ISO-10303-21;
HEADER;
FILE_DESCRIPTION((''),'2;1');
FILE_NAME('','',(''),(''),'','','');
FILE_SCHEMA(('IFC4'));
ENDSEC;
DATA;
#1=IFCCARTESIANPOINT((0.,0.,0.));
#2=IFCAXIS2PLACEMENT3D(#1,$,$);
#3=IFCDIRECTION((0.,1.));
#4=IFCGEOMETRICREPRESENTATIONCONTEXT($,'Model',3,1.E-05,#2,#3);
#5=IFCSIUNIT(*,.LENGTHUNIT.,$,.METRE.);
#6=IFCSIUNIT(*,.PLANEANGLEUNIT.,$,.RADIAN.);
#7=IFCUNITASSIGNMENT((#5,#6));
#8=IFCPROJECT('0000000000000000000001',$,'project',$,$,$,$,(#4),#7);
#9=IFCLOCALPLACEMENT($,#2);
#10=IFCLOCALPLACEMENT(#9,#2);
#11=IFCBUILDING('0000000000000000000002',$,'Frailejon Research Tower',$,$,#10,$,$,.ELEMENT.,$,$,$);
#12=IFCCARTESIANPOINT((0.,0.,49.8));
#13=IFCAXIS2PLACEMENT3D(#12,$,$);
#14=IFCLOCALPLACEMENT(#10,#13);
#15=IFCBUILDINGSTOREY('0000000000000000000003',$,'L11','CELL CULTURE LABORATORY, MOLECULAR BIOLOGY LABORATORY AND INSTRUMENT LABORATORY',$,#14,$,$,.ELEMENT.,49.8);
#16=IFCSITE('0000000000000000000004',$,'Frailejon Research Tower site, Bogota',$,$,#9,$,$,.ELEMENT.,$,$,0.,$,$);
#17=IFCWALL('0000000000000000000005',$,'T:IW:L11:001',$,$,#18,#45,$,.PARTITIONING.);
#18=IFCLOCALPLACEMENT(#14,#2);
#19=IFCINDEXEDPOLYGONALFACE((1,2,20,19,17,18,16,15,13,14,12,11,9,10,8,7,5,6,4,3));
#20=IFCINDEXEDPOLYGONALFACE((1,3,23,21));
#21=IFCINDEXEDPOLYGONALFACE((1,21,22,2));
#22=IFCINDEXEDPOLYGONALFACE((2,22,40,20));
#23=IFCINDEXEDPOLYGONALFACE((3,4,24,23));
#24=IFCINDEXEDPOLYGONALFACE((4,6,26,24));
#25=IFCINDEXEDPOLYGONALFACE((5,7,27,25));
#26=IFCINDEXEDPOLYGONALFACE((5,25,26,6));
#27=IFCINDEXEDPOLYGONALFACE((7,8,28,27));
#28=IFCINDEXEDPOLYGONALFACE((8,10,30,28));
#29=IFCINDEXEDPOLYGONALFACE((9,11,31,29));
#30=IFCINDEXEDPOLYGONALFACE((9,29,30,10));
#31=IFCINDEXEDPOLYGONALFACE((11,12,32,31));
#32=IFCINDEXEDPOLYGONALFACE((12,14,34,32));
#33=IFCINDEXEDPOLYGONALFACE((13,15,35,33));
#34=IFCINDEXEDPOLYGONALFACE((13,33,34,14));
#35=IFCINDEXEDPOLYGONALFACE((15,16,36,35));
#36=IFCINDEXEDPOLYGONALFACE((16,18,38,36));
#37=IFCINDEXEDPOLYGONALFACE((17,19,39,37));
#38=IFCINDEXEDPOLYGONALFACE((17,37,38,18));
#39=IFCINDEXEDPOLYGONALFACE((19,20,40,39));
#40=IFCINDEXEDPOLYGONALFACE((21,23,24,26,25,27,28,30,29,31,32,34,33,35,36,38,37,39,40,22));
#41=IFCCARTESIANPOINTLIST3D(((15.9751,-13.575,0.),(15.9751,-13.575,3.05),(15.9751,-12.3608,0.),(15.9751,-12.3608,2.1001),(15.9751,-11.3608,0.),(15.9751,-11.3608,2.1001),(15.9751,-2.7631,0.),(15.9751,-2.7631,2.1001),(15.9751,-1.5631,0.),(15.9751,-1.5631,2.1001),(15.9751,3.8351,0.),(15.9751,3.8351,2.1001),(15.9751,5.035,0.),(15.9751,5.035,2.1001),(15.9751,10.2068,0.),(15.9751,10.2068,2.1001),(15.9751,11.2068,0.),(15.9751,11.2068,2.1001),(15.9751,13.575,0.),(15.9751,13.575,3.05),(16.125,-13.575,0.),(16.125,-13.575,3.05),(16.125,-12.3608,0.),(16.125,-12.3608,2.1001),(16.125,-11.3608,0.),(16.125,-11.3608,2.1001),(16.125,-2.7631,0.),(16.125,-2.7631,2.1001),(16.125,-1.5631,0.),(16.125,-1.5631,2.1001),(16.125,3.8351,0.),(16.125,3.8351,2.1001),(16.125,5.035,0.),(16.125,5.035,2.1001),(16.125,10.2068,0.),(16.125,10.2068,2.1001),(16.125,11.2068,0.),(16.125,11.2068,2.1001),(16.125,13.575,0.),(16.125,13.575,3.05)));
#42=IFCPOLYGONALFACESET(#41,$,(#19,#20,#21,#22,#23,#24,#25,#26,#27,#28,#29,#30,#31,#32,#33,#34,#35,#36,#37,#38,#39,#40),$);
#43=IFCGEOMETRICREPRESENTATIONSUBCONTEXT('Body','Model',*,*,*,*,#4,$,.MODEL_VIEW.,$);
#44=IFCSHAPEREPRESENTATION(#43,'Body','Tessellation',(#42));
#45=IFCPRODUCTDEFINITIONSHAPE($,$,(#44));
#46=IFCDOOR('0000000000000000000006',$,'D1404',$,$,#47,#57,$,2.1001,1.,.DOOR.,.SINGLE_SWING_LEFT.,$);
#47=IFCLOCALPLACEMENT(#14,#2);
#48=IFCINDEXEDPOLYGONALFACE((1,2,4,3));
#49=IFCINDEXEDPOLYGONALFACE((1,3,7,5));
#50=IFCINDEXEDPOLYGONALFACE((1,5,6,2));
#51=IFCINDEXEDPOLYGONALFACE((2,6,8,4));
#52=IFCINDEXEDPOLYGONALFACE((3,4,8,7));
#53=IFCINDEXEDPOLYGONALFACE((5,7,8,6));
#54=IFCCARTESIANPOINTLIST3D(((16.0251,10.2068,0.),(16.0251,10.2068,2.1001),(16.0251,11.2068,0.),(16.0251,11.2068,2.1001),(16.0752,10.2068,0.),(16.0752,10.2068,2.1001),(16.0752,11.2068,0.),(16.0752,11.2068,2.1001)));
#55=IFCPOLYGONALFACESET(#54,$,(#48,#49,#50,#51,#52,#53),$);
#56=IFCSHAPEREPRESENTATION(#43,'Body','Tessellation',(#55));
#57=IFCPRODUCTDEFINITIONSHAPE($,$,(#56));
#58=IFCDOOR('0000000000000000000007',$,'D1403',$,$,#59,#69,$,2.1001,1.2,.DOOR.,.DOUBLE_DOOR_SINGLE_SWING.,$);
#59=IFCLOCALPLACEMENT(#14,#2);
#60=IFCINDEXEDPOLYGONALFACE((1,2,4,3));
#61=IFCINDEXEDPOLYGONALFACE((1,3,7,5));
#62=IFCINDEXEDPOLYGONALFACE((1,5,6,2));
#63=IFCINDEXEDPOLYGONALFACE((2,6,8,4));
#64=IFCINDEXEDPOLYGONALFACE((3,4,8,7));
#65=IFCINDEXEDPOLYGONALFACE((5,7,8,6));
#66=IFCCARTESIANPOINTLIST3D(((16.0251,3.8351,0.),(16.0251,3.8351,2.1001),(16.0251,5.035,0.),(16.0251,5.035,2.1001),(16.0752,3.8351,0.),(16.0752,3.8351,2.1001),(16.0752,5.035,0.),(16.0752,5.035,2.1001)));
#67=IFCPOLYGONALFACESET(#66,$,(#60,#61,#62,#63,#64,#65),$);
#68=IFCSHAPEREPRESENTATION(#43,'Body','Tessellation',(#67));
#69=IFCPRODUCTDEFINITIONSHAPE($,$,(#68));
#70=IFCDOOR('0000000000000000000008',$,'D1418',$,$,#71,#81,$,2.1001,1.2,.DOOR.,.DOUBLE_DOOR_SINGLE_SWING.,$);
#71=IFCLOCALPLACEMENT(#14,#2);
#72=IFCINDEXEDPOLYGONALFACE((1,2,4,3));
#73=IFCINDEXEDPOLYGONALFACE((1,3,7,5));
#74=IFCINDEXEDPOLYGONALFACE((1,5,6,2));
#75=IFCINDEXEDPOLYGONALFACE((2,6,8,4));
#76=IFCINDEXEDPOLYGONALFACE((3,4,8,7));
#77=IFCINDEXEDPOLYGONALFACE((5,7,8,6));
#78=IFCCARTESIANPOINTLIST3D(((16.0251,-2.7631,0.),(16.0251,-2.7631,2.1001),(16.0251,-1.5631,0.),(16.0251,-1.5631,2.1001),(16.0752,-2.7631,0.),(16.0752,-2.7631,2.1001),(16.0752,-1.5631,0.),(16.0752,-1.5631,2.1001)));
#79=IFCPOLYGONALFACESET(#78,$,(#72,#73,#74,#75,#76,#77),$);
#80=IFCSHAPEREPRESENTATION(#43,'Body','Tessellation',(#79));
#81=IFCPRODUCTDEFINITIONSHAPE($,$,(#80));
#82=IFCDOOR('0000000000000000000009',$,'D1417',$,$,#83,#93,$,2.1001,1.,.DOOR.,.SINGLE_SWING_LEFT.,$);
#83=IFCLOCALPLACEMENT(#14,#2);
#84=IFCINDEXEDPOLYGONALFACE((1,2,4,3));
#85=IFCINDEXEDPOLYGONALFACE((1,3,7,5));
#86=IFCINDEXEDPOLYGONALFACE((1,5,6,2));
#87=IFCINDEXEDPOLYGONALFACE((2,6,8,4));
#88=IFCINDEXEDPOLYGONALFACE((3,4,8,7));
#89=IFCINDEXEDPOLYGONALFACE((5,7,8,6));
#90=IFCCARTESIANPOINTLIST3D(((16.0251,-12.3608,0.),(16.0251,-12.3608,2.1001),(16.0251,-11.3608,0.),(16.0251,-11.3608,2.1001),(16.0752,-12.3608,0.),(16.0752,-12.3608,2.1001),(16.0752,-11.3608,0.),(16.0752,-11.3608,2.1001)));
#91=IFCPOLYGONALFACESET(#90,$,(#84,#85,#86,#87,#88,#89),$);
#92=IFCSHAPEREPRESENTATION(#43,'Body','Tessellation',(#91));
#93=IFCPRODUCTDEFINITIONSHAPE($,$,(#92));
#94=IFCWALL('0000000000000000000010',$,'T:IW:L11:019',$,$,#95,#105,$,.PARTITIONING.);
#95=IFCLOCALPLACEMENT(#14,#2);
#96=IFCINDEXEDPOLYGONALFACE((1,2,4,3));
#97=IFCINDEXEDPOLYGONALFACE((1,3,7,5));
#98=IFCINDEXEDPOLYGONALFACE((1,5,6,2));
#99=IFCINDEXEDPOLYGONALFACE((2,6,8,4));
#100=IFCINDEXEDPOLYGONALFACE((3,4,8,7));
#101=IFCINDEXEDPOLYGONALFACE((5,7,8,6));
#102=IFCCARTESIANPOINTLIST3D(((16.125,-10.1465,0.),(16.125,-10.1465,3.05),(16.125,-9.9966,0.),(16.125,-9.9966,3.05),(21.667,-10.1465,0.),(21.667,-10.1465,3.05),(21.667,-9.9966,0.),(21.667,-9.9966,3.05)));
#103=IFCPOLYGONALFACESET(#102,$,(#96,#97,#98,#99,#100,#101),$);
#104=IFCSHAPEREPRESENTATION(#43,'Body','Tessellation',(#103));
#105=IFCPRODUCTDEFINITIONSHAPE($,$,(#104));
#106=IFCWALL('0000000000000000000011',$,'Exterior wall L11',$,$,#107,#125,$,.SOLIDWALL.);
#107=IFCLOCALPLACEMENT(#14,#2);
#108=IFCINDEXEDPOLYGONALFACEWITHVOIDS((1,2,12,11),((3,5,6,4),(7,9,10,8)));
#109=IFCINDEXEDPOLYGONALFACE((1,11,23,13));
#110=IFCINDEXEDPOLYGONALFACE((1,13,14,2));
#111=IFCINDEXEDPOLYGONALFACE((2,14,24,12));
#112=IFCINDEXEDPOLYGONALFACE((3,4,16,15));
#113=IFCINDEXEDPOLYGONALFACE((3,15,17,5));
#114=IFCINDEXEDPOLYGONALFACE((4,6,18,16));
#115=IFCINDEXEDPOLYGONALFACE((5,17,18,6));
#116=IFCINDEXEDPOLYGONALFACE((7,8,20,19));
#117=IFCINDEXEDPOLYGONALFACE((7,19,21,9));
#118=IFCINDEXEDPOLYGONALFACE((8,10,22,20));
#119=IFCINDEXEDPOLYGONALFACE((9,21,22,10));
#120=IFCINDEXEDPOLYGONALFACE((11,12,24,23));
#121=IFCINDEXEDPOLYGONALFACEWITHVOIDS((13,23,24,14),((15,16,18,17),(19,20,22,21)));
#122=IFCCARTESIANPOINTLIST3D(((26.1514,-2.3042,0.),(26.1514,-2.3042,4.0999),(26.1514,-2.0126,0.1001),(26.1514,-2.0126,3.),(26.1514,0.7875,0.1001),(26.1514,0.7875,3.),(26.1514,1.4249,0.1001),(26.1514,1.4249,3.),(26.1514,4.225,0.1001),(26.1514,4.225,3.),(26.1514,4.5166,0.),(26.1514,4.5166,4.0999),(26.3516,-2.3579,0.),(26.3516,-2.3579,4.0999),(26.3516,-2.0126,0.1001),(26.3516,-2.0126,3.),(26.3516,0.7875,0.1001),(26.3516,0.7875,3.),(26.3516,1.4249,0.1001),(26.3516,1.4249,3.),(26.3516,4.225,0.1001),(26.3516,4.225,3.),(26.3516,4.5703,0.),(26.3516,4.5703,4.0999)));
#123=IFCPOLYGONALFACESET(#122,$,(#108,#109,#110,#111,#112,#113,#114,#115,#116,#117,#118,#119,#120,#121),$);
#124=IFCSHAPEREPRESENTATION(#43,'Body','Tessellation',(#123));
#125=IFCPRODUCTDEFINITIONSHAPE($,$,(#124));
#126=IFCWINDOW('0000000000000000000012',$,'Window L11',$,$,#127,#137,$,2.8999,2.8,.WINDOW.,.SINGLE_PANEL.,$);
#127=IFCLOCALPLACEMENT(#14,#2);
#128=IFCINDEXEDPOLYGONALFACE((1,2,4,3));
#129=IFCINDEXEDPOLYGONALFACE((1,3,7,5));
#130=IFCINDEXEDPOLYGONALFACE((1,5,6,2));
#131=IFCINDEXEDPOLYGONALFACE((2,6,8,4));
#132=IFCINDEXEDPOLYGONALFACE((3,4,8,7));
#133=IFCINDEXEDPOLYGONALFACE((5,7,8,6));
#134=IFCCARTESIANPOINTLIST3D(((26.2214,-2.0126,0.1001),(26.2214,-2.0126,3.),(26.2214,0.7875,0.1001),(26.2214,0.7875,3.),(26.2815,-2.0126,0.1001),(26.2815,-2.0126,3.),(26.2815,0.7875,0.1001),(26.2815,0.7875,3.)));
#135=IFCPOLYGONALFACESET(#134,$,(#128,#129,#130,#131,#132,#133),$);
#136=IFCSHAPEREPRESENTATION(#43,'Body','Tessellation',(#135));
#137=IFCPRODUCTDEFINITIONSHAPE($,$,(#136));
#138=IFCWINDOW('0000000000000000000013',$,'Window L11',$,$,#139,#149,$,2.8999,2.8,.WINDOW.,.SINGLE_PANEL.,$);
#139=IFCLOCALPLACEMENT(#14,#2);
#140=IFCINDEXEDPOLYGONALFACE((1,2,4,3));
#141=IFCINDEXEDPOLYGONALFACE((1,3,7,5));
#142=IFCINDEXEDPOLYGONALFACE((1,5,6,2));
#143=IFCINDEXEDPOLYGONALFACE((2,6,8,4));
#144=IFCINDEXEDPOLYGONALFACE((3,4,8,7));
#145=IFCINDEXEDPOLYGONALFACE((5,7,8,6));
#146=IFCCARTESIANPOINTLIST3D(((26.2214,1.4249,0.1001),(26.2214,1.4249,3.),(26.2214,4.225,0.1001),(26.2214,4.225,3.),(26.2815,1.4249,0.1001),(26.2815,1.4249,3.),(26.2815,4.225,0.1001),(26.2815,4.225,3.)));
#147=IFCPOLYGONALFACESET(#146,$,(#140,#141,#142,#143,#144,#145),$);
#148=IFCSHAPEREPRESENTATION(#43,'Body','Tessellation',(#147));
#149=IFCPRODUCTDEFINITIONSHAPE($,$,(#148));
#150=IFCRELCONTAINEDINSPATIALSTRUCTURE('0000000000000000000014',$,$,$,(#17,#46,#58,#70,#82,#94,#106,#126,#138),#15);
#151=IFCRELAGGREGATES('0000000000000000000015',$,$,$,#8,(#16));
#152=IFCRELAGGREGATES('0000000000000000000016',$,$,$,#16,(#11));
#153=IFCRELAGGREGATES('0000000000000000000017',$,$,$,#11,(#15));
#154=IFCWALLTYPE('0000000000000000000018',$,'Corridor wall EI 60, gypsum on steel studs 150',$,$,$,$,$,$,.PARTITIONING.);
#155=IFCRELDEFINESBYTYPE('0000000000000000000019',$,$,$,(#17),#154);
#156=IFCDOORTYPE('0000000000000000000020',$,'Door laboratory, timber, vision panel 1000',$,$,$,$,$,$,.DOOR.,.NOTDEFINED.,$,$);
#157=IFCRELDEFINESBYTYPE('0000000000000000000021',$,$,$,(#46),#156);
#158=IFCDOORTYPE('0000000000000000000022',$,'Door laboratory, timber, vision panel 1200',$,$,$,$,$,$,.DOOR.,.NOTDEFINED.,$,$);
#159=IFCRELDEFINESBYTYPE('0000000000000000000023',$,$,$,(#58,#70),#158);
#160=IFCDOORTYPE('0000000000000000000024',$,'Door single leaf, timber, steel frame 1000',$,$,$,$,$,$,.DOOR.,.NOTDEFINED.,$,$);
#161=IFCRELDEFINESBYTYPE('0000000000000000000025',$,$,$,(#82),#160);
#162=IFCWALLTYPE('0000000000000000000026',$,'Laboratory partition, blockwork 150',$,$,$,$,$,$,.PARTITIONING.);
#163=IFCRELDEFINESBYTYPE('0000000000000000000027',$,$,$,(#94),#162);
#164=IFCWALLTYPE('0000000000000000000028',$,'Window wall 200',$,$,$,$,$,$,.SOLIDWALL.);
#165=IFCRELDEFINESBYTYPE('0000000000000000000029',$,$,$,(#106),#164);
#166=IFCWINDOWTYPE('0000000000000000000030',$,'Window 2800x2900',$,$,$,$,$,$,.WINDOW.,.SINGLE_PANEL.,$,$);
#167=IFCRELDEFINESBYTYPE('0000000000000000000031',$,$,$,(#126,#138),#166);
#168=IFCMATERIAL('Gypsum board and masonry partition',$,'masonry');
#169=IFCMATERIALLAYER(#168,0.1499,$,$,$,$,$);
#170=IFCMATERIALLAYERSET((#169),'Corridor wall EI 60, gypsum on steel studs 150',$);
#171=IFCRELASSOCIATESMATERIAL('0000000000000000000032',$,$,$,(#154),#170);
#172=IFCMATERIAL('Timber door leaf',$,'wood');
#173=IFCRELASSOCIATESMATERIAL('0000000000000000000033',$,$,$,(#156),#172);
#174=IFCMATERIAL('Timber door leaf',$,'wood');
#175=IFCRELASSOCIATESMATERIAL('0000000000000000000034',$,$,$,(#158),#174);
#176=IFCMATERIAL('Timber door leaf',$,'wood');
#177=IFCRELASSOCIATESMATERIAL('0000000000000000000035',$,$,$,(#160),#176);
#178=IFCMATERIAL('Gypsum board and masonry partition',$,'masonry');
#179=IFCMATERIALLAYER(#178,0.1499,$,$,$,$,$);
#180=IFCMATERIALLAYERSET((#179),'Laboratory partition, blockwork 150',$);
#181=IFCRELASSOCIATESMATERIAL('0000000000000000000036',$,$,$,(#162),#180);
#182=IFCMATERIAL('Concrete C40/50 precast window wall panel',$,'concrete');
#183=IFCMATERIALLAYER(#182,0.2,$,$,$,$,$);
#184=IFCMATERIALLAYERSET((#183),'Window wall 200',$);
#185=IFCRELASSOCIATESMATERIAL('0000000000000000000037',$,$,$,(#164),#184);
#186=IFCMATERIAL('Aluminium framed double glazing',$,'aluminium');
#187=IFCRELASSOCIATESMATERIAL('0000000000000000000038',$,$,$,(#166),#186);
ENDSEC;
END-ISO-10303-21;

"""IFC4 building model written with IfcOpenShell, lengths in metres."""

from ifc_helpers import new_model, si_unit, direction, frame, frame_2d, origin, place, context, subcontext, project, spatial, polyline, rectangle, outline, extrude, material, layer, layer_set, type_object, element, fill, save


model = new_model("IFC4")

# Units and contexts
model_context = context("Model", 3, precision=1e-05, world=origin(), true_north=direction((0.0, 1.0)))
body_context = subcontext(model_context, "Body", "Model", "MODEL_VIEW")
ifc_project = project(units=[si_unit("LENGTHUNIT", "METRE"), si_unit("PLANEANGLEUNIT", "RADIAN")], contexts=[model_context])

# Site, building, storey
site_placement = place(None, origin())
site = spatial("IfcSite", under=ifc_project, at=site_placement, Name="Frailejon Research Tower site, Bogota", CompositionType="ELEMENT", RefElevation=0.0)
building_placement = place(site_placement, origin())
building = spatial("IfcBuilding", under=site, at=building_placement, Name="Frailejon Research Tower", CompositionType="ELEMENT")
storey_placement = place(building_placement, frame((0.0, 0.0, 49.8)))
storey = spatial("IfcBuildingStorey", under=building, at=storey_placement, Name="L11", Description="CELL CULTURE LABORATORY, MOLECULAR BIOLOGY LABORATORY AND INSTRUMENT LABORATORY", CompositionType="ELEMENT", Elevation=49.8)

# Wall, openings, doors
ifc_material_1 = material(Name="Gypsum board and masonry partition", Category="masonry")
ifc_layer_1 = layer(ifc_material_1, 0.1499)
ifc_layer_set_1 = layer_set([ifc_layer_1], Name="Corridor wall EI 60, gypsum on steel studs 150")
wall_type_1 = type_object("IfcWallType", Name="Corridor wall EI 60, gypsum on steel studs 150", PredefinedType="PARTITIONING", material=ifc_layer_set_1)
wall_1_placement = place(storey_placement, frame((16.05, -13.575, 0.0), z_axis=(0.0, 0.0, 1.0), x_axis=(0.0, 1.0, 0.0)))
wall_1 = element("IfcWall", 1, at=wall_1_placement, inside=storey, type_object=wall_type_1, Name="T:IW:L11:001", PredefinedType="PARTITIONING", context=body_context, shape_type="SweptSolid", body=[
    extrude(rectangle(XDim=27.1499, YDim=0.1499, at=frame_2d((13.575, 0.0))), origin(), (0.0, 0.0, 1.0), 3.05),
])
opening_1_placement = place(wall_1_placement, frame((17.4099, 0.0, 0.0)))
opening_1 = element("IfcOpeningElement", 2, at=opening_1_placement, cuts=wall_1, PredefinedType="OPENING", context=body_context, shape_type="SweptSolid", body=[
    extrude(rectangle(XDim=1.2, YDim=2.1001, at=frame_2d((0.6001, 1.05))), frame((0.0, 0.085, 0.0), z_axis=(0.0, -1.0, 0.0), x_axis=(1.0, 0.0, 0.0)), (0.0, 0.0, 1.0), 0.1699),
])
opening_2_placement = place(wall_1_placement, frame((23.7817, 0.0, 0.0)))
opening_2 = element("IfcOpeningElement", 3, at=opening_2_placement, cuts=wall_1, PredefinedType="OPENING", context=body_context, shape_type="SweptSolid", body=[
    extrude(rectangle(XDim=1.0, YDim=2.1001, at=frame_2d((0.5, 1.05))), frame((0.0, 0.085, 0.0), z_axis=(0.0, -1.0, 0.0), x_axis=(1.0, 0.0, 0.0)), (0.0, 0.0, 1.0), 0.1699),
])
opening_3_placement = place(wall_1_placement, frame((1.2141, 0.0, 0.0)))
opening_3 = element("IfcOpeningElement", 4, at=opening_3_placement, cuts=wall_1, PredefinedType="OPENING", context=body_context, shape_type="SweptSolid", body=[
    extrude(rectangle(XDim=1.0, YDim=2.1001, at=frame_2d((0.5, 1.05))), frame((0.0, 0.085, 0.0), z_axis=(0.0, -1.0, 0.0), x_axis=(1.0, 0.0, 0.0)), (0.0, 0.0, 1.0), 0.1699),
])
opening_4_placement = place(wall_1_placement, frame((10.8118, 0.0, 0.0)))
opening_4 = element("IfcOpeningElement", 5, at=opening_4_placement, cuts=wall_1, PredefinedType="OPENING", context=body_context, shape_type="SweptSolid", body=[
    extrude(rectangle(XDim=1.2, YDim=2.1001, at=frame_2d((0.6001, 1.05))), frame((0.0, 0.085, 0.0), z_axis=(0.0, -1.0, 0.0), x_axis=(1.0, 0.0, 0.0)), (0.0, 0.0, 1.0), 0.1699),
])
ifc_material_2 = material(Name="Timber door leaf", Category="wood")
door_type_1 = type_object("IfcDoorType", Name="Door laboratory, timber, vision panel 1000", OperationType="NOTDEFINED", PredefinedType="DOOR", material=ifc_material_2)
door_1_placement = place(opening_2_placement, origin())
door_1 = element("IfcDoor", 6, at=door_1_placement, inside=storey, type_object=door_type_1, Name="D1404", OperationType="SINGLE_SWING_LEFT", OverallHeight=2.1001, OverallWidth=1.0, PredefinedType="DOOR", context=body_context, shape_type="SweptSolid", body=[
    extrude(rectangle(XDim=1.0, YDim=2.1001, at=frame_2d((0.5, 1.05))), frame((0.0, 0.0249, 0.0), z_axis=(0.0, -1.0, 0.0), x_axis=(1.0, 0.0, 0.0)), (0.0, 0.0, 1.0), 0.05),
])
fill(opening_2, door_1)
ifc_material_3 = material(Name="Timber door leaf", Category="wood")
door_type_2 = type_object("IfcDoorType", Name="Door laboratory, timber, vision panel 1200", OperationType="NOTDEFINED", PredefinedType="DOOR", material=ifc_material_3)
door_2_placement = place(opening_1_placement, origin())
door_2 = element("IfcDoor", 7, at=door_2_placement, inside=storey, type_object=door_type_2, Name="D1403", OperationType="DOUBLE_DOOR_SINGLE_SWING", OverallHeight=2.1001, OverallWidth=1.2, PredefinedType="DOOR", context=body_context, shape_type="SweptSolid", body=[
    extrude(rectangle(XDim=1.2, YDim=2.1001, at=frame_2d((0.6001, 1.05))), frame((0.0, 0.0249, 0.0), z_axis=(0.0, -1.0, 0.0), x_axis=(1.0, 0.0, 0.0)), (0.0, 0.0, 1.0), 0.05),
])
fill(opening_1, door_2)
door_3_placement = place(opening_4_placement, origin())
door_3 = element("IfcDoor", 8, at=door_3_placement, inside=storey, type_object=door_type_2, Name="D1418", OperationType="DOUBLE_DOOR_SINGLE_SWING", OverallHeight=2.1001, OverallWidth=1.2, PredefinedType="DOOR", context=body_context, shape_type="SweptSolid", body=[
    extrude(rectangle(XDim=1.2, YDim=2.1001, at=frame_2d((0.6001, 1.05))), frame((0.0, 0.0249, 0.0), z_axis=(0.0, -1.0, 0.0), x_axis=(1.0, 0.0, 0.0)), (0.0, 0.0, 1.0), 0.05),
])
fill(opening_4, door_3)
ifc_material_4 = material(Name="Timber door leaf", Category="wood")
door_type_3 = type_object("IfcDoorType", Name="Door single leaf, timber, steel frame 1000", OperationType="NOTDEFINED", PredefinedType="DOOR", material=ifc_material_4)
door_4_placement = place(opening_3_placement, origin())
door_4 = element("IfcDoor", 9, at=door_4_placement, inside=storey, type_object=door_type_3, Name="D1417", OperationType="SINGLE_SWING_LEFT", OverallHeight=2.1001, OverallWidth=1.0, PredefinedType="DOOR", context=body_context, shape_type="SweptSolid", body=[
    extrude(rectangle(XDim=1.0, YDim=2.1001, at=frame_2d((0.5, 1.05))), frame((0.0, 0.0249, 0.0), z_axis=(0.0, -1.0, 0.0), x_axis=(1.0, 0.0, 0.0)), (0.0, 0.0, 1.0), 0.05),
])
fill(opening_3, door_4)

# Wall
ifc_material_5 = material(Name="Gypsum board and masonry partition", Category="masonry")
ifc_layer_2 = layer(ifc_material_5, 0.1499)
ifc_layer_set_2 = layer_set([ifc_layer_2], Name="Laboratory partition, blockwork 150")
wall_type_2 = type_object("IfcWallType", Name="Laboratory partition, blockwork 150", PredefinedType="PARTITIONING", material=ifc_layer_set_2)
wall_2_placement = place(storey_placement, frame((16.125, -10.0715, 0.0), z_axis=(0.0, 0.0, 1.0), x_axis=(1.0, 0.0, 0.0)))
element("IfcWall", 10, at=wall_2_placement, inside=storey, type_object=wall_type_2, Name="T:IW:L11:019", PredefinedType="PARTITIONING", context=body_context, shape_type="SweptSolid", body=[
    extrude(rectangle(XDim=5.542, YDim=0.1499, at=frame_2d((2.771, 0.0))), origin(), (0.0, 0.0, 1.0), 3.05),
])

# Wall, openings, windows
ifc_material_6 = material(Name="Concrete C40/50 precast window wall panel", Category="concrete")
ifc_layer_3 = layer(ifc_material_6, 0.2)
ifc_layer_set_3 = layer_set([ifc_layer_3], Name="Window wall 200")
wall_type_3 = type_object("IfcWallType", Name="Window wall 200", PredefinedType="SOLIDWALL", material=ifc_layer_set_3)
wall_3_placement = place(storey_placement, frame((26.2515, -2.3311, 0.0), z_axis=(0.0, 0.0, 1.0), x_axis=(0.0, 1.0, 0.0)))
wall_3 = element("IfcWall", 11, at=wall_3_placement, inside=storey, type_object=wall_type_3, Name="Exterior wall L11", PredefinedType="SOLIDWALL", context=body_context, shape_type="SweptSolid", body=[
    extrude(outline(polyline([(-0.0269, -0.1001), (1.1279, -0.1001), (2.2825, -0.1001), (3.4373, -0.1001), (4.592, -0.1001), (5.7466, -0.1001), (6.9014, -0.1001), (6.8477, 0.1001), (5.7109, 0.1001), (4.574, 0.1001), (3.4373, 0.1001), (2.3005, 0.1001), (1.1636, 0.1001), (0.0269, 0.1001), (-0.0269, -0.1001)])), origin(), (0.0, 0.0, 1.0), 4.0999),
])
opening_5_placement = place(wall_3_placement, frame((0.3186, 0.0, 0.1001)))
opening_5 = element("IfcOpeningElement", 12, at=opening_5_placement, cuts=wall_3, PredefinedType="OPENING", context=body_context, shape_type="SweptSolid", body=[
    extrude(rectangle(XDim=2.8, YDim=2.8999, at=frame_2d((1.3999, 1.45))), frame((0.0, 0.1099, 0.0), z_axis=(0.0, -1.0, 0.0), x_axis=(1.0, 0.0, 0.0)), (0.0, 0.0, 1.0), 0.22),
])
opening_6_placement = place(wall_3_placement, frame((3.7561, 0.0, 0.1001)))
opening_6 = element("IfcOpeningElement", 13, at=opening_6_placement, cuts=wall_3, PredefinedType="OPENING", context=body_context, shape_type="SweptSolid", body=[
    extrude(rectangle(XDim=2.8, YDim=2.8999, at=frame_2d((1.3999, 1.45))), frame((0.0, 0.1099, 0.0), z_axis=(0.0, -1.0, 0.0), x_axis=(1.0, 0.0, 0.0)), (0.0, 0.0, 1.0), 0.22),
])
ifc_material_7 = material(Name="Aluminium framed double glazing", Category="aluminium")
window_type = type_object("IfcWindowType", Name="Window 2800x2900", PartitioningType="SINGLE_PANEL", PredefinedType="WINDOW", material=ifc_material_7)
window_1_placement = place(opening_5_placement, origin())
window_1 = element("IfcWindow", 14, at=window_1_placement, inside=storey, type_object=window_type, Name="Window L11", OverallHeight=2.8999, OverallWidth=2.8, PartitioningType="SINGLE_PANEL", PredefinedType="WINDOW", context=body_context, shape_type="SweptSolid", body=[
    extrude(rectangle(XDim=2.8, YDim=2.8999, at=frame_2d((1.3999, 1.45))), frame((0.0, 0.03, 0.0), z_axis=(0.0, -1.0, 0.0), x_axis=(1.0, 0.0, 0.0)), (0.0, 0.0, 1.0), 0.0601),
])
fill(opening_5, window_1)
window_2_placement = place(opening_6_placement, origin())
window_2 = element("IfcWindow", 15, at=window_2_placement, inside=storey, type_object=window_type, Name="Window L11", OverallHeight=2.8999, OverallWidth=2.8, PartitioningType="SINGLE_PANEL", PredefinedType="WINDOW", context=body_context, shape_type="SweptSolid", body=[
    extrude(rectangle(XDim=2.8, YDim=2.8999, at=frame_2d((1.3999, 1.45))), frame((0.0, 0.03, 0.0), z_axis=(0.0, -1.0, 0.0), x_axis=(1.0, 0.0, 0.0)), (0.0, 0.0, 1.0), 0.0601),
])
fill(opening_6, window_2)

save(model, "model.ifc")
